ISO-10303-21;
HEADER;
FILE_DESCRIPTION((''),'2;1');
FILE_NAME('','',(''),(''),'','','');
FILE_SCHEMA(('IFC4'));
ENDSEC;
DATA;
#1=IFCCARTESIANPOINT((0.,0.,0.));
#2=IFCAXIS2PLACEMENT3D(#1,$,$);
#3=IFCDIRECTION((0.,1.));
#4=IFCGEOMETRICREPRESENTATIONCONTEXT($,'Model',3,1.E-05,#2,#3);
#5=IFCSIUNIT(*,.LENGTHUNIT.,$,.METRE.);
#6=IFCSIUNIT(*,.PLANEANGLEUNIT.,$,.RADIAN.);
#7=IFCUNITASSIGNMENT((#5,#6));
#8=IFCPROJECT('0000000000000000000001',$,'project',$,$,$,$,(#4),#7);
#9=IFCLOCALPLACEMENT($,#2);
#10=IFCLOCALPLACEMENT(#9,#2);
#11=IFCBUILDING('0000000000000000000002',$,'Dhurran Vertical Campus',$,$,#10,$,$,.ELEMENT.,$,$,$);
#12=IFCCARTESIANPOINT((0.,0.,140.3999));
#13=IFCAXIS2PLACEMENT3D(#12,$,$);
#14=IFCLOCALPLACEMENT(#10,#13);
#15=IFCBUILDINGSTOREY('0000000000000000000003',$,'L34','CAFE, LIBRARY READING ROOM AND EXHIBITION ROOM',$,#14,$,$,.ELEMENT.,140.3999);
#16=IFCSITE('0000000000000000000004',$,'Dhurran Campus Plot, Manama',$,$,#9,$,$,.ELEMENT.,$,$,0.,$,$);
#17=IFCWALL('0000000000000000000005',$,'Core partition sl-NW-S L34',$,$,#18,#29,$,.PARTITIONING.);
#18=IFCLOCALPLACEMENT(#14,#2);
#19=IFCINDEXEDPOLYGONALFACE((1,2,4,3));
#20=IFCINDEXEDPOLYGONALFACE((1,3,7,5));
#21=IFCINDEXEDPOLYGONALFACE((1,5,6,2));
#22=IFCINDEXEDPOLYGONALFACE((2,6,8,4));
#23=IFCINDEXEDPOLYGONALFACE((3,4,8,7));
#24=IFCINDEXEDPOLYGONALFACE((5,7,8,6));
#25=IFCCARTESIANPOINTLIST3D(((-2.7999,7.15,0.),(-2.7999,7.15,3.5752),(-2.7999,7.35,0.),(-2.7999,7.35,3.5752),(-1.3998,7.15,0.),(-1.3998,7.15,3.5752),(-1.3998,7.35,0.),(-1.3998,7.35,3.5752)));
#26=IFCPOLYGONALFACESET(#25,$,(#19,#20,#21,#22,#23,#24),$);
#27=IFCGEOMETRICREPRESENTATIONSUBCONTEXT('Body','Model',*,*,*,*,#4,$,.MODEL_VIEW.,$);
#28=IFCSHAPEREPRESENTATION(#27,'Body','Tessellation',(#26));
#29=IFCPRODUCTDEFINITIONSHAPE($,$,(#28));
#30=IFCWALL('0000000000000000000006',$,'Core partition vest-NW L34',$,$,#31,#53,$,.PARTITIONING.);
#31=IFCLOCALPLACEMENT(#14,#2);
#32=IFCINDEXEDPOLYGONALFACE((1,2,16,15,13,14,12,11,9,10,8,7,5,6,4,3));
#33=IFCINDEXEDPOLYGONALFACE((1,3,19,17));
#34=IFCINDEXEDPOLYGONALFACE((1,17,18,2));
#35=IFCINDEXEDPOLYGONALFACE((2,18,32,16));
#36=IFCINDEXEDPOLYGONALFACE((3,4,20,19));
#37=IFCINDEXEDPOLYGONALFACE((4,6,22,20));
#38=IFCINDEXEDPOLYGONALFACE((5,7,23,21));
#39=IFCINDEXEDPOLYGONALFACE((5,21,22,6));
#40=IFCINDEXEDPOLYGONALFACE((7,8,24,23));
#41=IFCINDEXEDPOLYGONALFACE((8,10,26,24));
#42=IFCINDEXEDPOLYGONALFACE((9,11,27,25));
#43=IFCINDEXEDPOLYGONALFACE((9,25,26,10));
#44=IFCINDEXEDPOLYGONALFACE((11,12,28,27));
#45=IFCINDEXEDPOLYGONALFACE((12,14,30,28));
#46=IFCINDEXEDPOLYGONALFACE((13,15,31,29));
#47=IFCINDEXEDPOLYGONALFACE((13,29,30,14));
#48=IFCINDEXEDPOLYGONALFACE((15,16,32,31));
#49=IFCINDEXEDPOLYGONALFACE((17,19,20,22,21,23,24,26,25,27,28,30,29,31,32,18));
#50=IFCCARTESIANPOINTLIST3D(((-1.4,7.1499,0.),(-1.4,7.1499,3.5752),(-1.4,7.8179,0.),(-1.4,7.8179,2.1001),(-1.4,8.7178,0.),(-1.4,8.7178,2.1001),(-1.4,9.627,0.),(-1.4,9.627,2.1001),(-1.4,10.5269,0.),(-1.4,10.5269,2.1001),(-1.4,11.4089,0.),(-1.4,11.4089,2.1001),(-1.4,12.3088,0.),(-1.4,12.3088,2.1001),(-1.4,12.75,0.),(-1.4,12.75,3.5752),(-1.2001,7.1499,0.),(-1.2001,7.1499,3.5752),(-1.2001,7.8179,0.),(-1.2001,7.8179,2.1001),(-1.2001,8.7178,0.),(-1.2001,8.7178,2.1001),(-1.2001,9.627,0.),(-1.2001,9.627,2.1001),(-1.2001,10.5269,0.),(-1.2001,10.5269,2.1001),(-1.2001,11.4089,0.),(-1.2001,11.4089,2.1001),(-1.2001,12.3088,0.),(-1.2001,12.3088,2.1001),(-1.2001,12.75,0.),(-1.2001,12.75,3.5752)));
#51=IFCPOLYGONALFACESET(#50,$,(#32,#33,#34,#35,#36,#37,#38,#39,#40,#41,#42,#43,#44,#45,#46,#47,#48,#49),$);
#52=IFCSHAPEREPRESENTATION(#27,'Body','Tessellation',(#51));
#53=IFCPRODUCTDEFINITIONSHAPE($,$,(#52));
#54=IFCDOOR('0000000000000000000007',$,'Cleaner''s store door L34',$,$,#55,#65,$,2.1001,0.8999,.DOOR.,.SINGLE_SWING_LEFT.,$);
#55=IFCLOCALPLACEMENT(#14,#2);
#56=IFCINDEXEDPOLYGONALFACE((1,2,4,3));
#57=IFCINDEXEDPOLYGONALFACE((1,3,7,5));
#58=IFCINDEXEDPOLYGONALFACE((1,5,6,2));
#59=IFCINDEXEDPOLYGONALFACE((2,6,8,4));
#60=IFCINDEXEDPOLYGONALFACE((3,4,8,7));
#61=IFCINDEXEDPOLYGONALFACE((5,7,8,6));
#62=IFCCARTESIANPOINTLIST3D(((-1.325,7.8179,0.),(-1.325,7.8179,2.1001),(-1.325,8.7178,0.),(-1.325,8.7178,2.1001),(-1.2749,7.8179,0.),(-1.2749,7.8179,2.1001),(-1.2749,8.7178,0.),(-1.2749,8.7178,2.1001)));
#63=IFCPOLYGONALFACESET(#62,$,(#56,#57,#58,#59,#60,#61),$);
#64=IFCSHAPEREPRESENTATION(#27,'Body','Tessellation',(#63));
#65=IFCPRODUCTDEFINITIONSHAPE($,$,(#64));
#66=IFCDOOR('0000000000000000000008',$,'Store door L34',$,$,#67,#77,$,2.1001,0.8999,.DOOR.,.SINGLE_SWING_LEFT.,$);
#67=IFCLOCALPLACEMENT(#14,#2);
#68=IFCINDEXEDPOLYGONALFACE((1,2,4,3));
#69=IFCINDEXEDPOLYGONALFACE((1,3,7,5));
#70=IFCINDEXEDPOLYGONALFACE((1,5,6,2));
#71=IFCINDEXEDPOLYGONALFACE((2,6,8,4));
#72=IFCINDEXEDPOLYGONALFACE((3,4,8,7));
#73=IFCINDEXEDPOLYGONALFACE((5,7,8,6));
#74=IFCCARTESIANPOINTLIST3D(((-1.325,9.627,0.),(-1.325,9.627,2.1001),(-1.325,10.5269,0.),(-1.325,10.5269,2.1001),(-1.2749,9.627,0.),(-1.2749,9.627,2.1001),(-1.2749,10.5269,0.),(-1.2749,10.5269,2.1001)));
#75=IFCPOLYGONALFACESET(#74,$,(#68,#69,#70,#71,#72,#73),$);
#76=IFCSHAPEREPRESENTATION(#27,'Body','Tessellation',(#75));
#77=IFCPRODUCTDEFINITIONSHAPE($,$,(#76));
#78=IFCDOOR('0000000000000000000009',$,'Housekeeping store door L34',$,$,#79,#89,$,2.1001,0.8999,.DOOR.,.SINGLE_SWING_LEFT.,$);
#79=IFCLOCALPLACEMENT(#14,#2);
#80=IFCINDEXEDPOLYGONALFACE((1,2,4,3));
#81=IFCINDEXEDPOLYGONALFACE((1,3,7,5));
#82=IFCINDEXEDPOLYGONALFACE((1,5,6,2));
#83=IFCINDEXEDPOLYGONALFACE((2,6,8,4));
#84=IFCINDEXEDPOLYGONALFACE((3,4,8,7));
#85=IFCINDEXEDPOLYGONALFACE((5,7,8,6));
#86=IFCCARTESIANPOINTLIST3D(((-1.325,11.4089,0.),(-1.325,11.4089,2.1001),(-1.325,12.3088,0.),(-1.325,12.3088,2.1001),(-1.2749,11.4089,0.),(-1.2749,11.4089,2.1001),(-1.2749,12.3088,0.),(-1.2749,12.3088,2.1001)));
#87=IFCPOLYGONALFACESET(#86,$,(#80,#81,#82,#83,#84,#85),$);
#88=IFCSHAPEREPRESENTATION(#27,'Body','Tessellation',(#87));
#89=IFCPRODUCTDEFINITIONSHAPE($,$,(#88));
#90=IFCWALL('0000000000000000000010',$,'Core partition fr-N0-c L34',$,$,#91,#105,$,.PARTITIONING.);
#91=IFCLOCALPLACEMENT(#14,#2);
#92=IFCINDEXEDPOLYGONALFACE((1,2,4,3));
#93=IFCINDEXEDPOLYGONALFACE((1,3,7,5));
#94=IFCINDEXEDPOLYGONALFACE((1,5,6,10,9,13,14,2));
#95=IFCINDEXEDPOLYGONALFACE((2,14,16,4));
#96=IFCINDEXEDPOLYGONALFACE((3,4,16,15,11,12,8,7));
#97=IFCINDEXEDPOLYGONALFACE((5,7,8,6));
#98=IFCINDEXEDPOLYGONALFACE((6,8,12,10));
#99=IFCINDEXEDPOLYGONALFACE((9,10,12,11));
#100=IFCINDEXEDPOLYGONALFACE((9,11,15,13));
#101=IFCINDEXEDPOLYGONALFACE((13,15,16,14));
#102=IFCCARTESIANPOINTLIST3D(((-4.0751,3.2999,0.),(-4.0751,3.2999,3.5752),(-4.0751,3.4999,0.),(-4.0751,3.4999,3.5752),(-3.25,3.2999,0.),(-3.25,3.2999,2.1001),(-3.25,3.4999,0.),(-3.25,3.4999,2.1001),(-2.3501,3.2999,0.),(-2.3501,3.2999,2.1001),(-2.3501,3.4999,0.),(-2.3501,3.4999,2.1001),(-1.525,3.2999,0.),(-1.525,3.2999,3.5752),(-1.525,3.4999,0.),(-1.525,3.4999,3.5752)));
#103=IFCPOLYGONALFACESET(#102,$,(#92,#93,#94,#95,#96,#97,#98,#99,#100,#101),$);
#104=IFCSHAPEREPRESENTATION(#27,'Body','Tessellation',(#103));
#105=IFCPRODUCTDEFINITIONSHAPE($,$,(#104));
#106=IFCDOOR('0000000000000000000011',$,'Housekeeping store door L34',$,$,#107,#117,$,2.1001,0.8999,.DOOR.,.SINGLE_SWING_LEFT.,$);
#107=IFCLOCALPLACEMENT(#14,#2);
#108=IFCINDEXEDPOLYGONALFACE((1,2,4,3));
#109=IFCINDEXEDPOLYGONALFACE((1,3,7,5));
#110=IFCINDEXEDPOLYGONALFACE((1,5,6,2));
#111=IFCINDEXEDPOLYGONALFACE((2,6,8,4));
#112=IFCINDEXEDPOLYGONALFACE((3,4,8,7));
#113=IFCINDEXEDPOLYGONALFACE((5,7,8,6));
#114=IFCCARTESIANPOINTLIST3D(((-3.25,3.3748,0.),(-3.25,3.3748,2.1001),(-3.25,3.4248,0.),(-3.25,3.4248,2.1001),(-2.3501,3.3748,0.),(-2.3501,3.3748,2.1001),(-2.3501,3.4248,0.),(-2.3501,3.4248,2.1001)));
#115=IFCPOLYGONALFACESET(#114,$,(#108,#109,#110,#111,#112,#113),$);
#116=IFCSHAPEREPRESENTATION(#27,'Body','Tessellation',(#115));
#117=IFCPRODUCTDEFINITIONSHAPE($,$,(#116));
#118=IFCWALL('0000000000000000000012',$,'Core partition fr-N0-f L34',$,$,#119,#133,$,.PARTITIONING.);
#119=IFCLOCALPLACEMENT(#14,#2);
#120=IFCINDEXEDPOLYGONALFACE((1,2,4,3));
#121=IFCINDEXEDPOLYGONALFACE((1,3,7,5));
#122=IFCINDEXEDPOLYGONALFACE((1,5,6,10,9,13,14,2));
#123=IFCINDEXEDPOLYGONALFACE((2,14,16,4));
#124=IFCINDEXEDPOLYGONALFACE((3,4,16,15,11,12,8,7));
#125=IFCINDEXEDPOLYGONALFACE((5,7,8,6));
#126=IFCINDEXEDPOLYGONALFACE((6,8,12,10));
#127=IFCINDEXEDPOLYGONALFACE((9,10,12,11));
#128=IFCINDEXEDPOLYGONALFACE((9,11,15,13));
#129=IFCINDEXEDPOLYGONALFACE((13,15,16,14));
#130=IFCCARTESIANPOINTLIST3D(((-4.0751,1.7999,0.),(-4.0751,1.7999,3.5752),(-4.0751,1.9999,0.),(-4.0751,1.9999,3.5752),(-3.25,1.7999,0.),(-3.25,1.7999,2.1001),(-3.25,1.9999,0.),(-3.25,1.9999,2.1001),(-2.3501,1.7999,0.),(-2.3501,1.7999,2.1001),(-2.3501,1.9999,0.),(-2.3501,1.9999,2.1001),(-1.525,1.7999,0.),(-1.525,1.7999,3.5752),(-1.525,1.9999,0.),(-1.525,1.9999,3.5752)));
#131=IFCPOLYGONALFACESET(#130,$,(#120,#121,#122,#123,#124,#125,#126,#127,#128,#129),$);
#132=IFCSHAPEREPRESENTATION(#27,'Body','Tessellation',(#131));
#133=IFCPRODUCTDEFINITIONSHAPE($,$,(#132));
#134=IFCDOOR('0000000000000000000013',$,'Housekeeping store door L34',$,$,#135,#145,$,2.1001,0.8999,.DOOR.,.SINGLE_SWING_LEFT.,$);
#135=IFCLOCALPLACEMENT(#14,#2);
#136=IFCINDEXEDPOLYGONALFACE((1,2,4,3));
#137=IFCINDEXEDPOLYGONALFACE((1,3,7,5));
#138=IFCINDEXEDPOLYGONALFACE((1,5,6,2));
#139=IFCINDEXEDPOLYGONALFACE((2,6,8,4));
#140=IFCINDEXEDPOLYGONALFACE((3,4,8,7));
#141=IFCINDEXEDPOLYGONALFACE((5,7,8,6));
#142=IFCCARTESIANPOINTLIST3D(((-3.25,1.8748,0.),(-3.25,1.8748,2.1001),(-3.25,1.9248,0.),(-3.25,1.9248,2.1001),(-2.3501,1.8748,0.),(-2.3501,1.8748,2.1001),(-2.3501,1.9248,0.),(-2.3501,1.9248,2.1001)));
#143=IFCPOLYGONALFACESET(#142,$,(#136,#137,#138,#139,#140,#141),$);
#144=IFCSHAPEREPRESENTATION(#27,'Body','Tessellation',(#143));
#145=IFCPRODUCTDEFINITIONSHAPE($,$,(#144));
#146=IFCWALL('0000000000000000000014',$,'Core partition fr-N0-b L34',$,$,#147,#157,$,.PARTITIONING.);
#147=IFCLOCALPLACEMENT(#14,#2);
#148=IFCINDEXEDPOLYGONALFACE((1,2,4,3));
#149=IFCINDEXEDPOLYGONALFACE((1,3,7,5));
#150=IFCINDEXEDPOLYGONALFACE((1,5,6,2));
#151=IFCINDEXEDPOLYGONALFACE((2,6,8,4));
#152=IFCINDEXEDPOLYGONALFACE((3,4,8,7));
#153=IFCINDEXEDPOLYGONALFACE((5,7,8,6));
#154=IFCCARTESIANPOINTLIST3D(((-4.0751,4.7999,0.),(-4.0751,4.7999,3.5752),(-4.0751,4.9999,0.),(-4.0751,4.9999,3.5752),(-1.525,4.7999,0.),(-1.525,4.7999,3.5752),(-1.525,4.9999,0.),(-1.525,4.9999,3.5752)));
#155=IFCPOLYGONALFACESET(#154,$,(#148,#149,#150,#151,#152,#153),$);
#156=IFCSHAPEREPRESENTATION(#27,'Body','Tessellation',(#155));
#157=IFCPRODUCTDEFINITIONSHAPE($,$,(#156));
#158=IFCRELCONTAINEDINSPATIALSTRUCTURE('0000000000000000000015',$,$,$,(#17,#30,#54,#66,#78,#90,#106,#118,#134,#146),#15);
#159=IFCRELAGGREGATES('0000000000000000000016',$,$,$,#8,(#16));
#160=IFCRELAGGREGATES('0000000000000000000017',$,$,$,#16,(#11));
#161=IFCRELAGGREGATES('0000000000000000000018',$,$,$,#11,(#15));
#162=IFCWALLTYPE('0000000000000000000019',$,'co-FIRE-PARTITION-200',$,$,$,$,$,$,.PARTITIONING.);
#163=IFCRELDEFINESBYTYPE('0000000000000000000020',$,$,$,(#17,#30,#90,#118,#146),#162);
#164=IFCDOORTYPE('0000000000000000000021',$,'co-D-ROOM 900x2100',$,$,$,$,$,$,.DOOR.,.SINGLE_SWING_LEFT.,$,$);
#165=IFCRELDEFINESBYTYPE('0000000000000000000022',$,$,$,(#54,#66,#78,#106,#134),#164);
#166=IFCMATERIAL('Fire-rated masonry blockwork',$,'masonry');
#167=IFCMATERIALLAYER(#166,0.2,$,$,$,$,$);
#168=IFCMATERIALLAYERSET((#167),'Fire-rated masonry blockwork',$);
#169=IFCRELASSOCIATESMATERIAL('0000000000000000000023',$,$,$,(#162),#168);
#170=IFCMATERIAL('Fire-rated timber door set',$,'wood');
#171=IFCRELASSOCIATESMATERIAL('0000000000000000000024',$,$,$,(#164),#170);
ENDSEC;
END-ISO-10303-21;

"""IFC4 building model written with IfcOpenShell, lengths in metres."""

from ifc_helpers import new_model, si_unit, direction, frame, frame_2d, origin, place, context, subcontext, project, spatial, rectangle, extrude, material, layer, layer_set, type_object, element, fill, save


model = new_model("IFC4")

# Units and contexts
model_context = context("Model", 3, precision=1e-05, world=origin(), true_north=direction((0.0, 1.0)))
body_context = subcontext(model_context, "Body", "Model", "MODEL_VIEW")
ifc_project = project(units=[si_unit("LENGTHUNIT", "METRE"), si_unit("PLANEANGLEUNIT", "RADIAN")], contexts=[model_context])

# Site, building, storey
site_placement = place(None, origin())
site = spatial("IfcSite", under=ifc_project, at=site_placement, Name="Dhurran Campus Plot, Manama", CompositionType="ELEMENT", RefElevation=0.0)
building_placement = place(site_placement, origin())
building = spatial("IfcBuilding", under=site, at=building_placement, Name="Dhurran Vertical Campus", CompositionType="ELEMENT")
storey_placement = place(building_placement, frame((0.0, 0.0, 140.3999)))
storey = spatial("IfcBuildingStorey", under=building, at=storey_placement, Name="L34", Description="CAFE, LIBRARY READING ROOM AND EXHIBITION ROOM", CompositionType="ELEMENT", Elevation=140.3999)

# Wall
ifc_material_1 = material(Name="Fire-rated masonry blockwork", Category="masonry")
ifc_layer_1 = layer(ifc_material_1, 0.2)
ifc_layer_set_1 = layer_set([ifc_layer_1], Name="Fire-rated masonry blockwork")
wall_type_1 = type_object("IfcWallType", Name="co-FIRE-PARTITION-200", PredefinedType="PARTITIONING", material=ifc_layer_set_1)
wall_1_placement = place(storey_placement, frame((-2.8, 7.25, 0.0), z_axis=(0.0, 0.0, 1.0), x_axis=(1.0, 0.0, 0.0)))
element("IfcWall", 1, at=wall_1_placement, inside=storey, type_object=wall_type_1, Name="Core partition sl-NW-S L34", PredefinedType="PARTITIONING", context=body_context, shape_type="SweptSolid", body=[
    extrude(rectangle(XDim=1.4001, YDim=0.2, at=frame_2d((0.7002, 0.0))), origin(), (0.0, 0.0, 1.0), 3.5752),
])

# Wall, openings, doors
wall_2_placement = place(storey_placement, frame((-1.3, 7.1499, 0.0), z_axis=(0.0, 0.0, 1.0), x_axis=(0.0, 1.0, 0.0)))
wall_2 = element("IfcWall", 2, at=wall_2_placement, inside=storey, type_object=wall_type_1, Name="Core partition vest-NW L34", PredefinedType="PARTITIONING", context=body_context, shape_type="SweptSolid", body=[
    extrude(rectangle(XDim=5.6001, YDim=0.2, at=frame_2d((2.8, 0.0))), origin(), (0.0, 0.0, 1.0), 3.5752),
])
opening_1_placement = place(wall_2_placement, frame((0.668, 0.0, 0.0)))
opening_1 = element("IfcOpeningElement", 3, at=opening_1_placement, cuts=wall_2, PredefinedType="OPENING", context=body_context, shape_type="SweptSolid", body=[
    extrude(rectangle(XDim=0.8999, YDim=2.1001, at=frame_2d((0.45, 1.05))), frame((0.0, 0.1099, 0.0), z_axis=(0.0, -1.0, 0.0), x_axis=(1.0, 0.0, 0.0)), (0.0, 0.0, 1.0), 0.22),
])
opening_2_placement = place(wall_2_placement, frame((2.4771, 0.0, 0.0)))
opening_2 = element("IfcOpeningElement", 4, at=opening_2_placement, cuts=wall_2, PredefinedType="OPENING", context=body_context, shape_type="SweptSolid", body=[
    extrude(rectangle(XDim=0.8999, YDim=2.1001, at=frame_2d((0.45, 1.05))), frame((0.0, 0.1099, 0.0), z_axis=(0.0, -1.0, 0.0), x_axis=(1.0, 0.0, 0.0)), (0.0, 0.0, 1.0), 0.22),
])
opening_3_placement = place(wall_2_placement, frame((4.259, 0.0, 0.0)))
opening_3 = element("IfcOpeningElement", 5, at=opening_3_placement, cuts=wall_2, PredefinedType="OPENING", context=body_context, shape_type="SweptSolid", body=[
    extrude(rectangle(XDim=0.8999, YDim=2.1001, at=frame_2d((0.45, 1.05))), frame((0.0, 0.1099, 0.0), z_axis=(0.0, -1.0, 0.0), x_axis=(1.0, 0.0, 0.0)), (0.0, 0.0, 1.0), 0.22),
])
ifc_material_2 = material(Name="Fire-rated timber door set", Category="wood")
door_type_1 = type_object("IfcDoorType", Name="co-D-ROOM 900x2100", OperationType="SINGLE_SWING_LEFT", PredefinedType="DOOR", material=ifc_material_2)
door_1_placement = place(opening_1_placement, origin())
door_1 = element("IfcDoor", 6, at=door_1_placement, inside=storey, type_object=door_type_1, Name="Cleaner's store door L34", OperationType="SINGLE_SWING_LEFT", OverallHeight=2.1001, OverallWidth=0.8999, PredefinedType="DOOR", context=body_context, shape_type="SweptSolid", body=[
    extrude(rectangle(XDim=0.8999, YDim=2.1001, at=frame_2d((0.45, 1.05))), frame((0.0, 0.0249, 0.0), z_axis=(0.0, -1.0, 0.0), x_axis=(1.0, 0.0, 0.0)), (0.0, 0.0, 1.0), 0.05),
])
fill(opening_1, door_1)
door_2_placement = place(opening_2_placement, origin())
door_2 = element("IfcDoor", 7, at=door_2_placement, inside=storey, type_object=door_type_1, Name="Store door L34", OperationType="SINGLE_SWING_LEFT", OverallHeight=2.1001, OverallWidth=0.8999, PredefinedType="DOOR", context=body_context, shape_type="SweptSolid", body=[
    extrude(rectangle(XDim=0.8999, YDim=2.1001, at=frame_2d((0.45, 1.05))), frame((0.0, 0.0249, 0.0), z_axis=(0.0, -1.0, 0.0), x_axis=(1.0, 0.0, 0.0)), (0.0, 0.0, 1.0), 0.05),
])
fill(opening_2, door_2)
door_3_placement = place(opening_3_placement, origin())
door_3 = element("IfcDoor", 8, at=door_3_placement, inside=storey, type_object=door_type_1, Name="Housekeeping store door L34", OperationType="SINGLE_SWING_LEFT", OverallHeight=2.1001, OverallWidth=0.8999, PredefinedType="DOOR", context=body_context, shape_type="SweptSolid", body=[
    extrude(rectangle(XDim=0.8999, YDim=2.1001, at=frame_2d((0.45, 1.05))), frame((0.0, 0.0249, 0.0), z_axis=(0.0, -1.0, 0.0), x_axis=(1.0, 0.0, 0.0)), (0.0, 0.0, 1.0), 0.05),
])
fill(opening_3, door_3)

# Walls, openings, doors
wall_3_placement = place(storey_placement, frame((-4.075, 3.3999, 0.0), z_axis=(0.0, 0.0, 1.0), x_axis=(1.0, 0.0, 0.0)))
wall_3 = element("IfcWall", 9, at=wall_3_placement, inside=storey, type_object=wall_type_1, Name="Core partition fr-N0-c L34", PredefinedType="PARTITIONING", context=body_context, shape_type="SweptSolid", body=[
    extrude(rectangle(XDim=2.55, YDim=0.2, at=frame_2d((1.2749, 0.0))), origin(), (0.0, 0.0, 1.0), 3.5752),
])
opening_4_placement = place(wall_3_placement, frame((0.825, 0.0, 0.0)))
opening_4 = element("IfcOpeningElement", 10, at=opening_4_placement, cuts=wall_3, PredefinedType="OPENING", context=body_context, shape_type="SweptSolid", body=[
    extrude(rectangle(XDim=0.8999, YDim=2.1001, at=frame_2d((0.45, 1.05))), frame((0.0, 0.1099, 0.0), z_axis=(0.0, -1.0, 0.0), x_axis=(1.0, 0.0, 0.0)), (0.0, 0.0, 1.0), 0.22),
])
door_4_placement = place(opening_4_placement, origin())
door_4 = element("IfcDoor", 11, at=door_4_placement, inside=storey, type_object=door_type_1, Name="Housekeeping store door L34", OperationType="SINGLE_SWING_LEFT", OverallHeight=2.1001, OverallWidth=0.8999, PredefinedType="DOOR", context=body_context, shape_type="SweptSolid", body=[
    extrude(rectangle(XDim=0.8999, YDim=2.1001, at=frame_2d((0.45, 1.05))), frame((0.0, 0.0249, 0.0), z_axis=(0.0, -1.0, 0.0), x_axis=(1.0, 0.0, 0.0)), (0.0, 0.0, 1.0), 0.05),
])
fill(opening_4, door_4)
wall_4_placement = place(storey_placement, frame((-4.075, 1.8999, 0.0), z_axis=(0.0, 0.0, 1.0), x_axis=(1.0, 0.0, 0.0)))
wall_4 = element("IfcWall", 12, at=wall_4_placement, inside=storey, type_object=wall_type_1, Name="Core partition fr-N0-f L34", PredefinedType="PARTITIONING", context=body_context, shape_type="SweptSolid", body=[
    extrude(rectangle(XDim=2.55, YDim=0.2, at=frame_2d((1.2749, 0.0))), origin(), (0.0, 0.0, 1.0), 3.5752),
])
opening_5_placement = place(wall_4_placement, frame((0.825, 0.0, 0.0)))
opening_5 = element("IfcOpeningElement", 13, at=opening_5_placement, cuts=wall_4, PredefinedType="OPENING", context=body_context, shape_type="SweptSolid", body=[
    extrude(rectangle(XDim=0.8999, YDim=2.1001, at=frame_2d((0.45, 1.05))), frame((0.0, 0.1099, 0.0), z_axis=(0.0, -1.0, 0.0), x_axis=(1.0, 0.0, 0.0)), (0.0, 0.0, 1.0), 0.22),
])
door_5_placement = place(opening_5_placement, origin())
door_5 = element("IfcDoor", 14, at=door_5_placement, inside=storey, type_object=door_type_1, Name="Housekeeping store door L34", OperationType="SINGLE_SWING_LEFT", OverallHeight=2.1001, OverallWidth=0.8999, PredefinedType="DOOR", context=body_context, shape_type="SweptSolid", body=[
    extrude(rectangle(XDim=0.8999, YDim=2.1001, at=frame_2d((0.45, 1.05))), frame((0.0, 0.0249, 0.0), z_axis=(0.0, -1.0, 0.0), x_axis=(1.0, 0.0, 0.0)), (0.0, 0.0, 1.0), 0.05),
])
fill(opening_5, door_5)

# Wall
wall_5_placement = place(storey_placement, frame((-4.075, 4.8999, 0.0), z_axis=(0.0, 0.0, 1.0), x_axis=(1.0, 0.0, 0.0)))
element("IfcWall", 15, at=wall_5_placement, inside=storey, type_object=wall_type_1, Name="Core partition fr-N0-b L34", PredefinedType="PARTITIONING", context=body_context, shape_type="SweptSolid", body=[
    extrude(rectangle(XDim=2.55, YDim=0.2, at=frame_2d((1.2749, 0.0))), origin(), (0.0, 0.0, 1.0), 3.5752),
])

save(model, "model.ifc")
